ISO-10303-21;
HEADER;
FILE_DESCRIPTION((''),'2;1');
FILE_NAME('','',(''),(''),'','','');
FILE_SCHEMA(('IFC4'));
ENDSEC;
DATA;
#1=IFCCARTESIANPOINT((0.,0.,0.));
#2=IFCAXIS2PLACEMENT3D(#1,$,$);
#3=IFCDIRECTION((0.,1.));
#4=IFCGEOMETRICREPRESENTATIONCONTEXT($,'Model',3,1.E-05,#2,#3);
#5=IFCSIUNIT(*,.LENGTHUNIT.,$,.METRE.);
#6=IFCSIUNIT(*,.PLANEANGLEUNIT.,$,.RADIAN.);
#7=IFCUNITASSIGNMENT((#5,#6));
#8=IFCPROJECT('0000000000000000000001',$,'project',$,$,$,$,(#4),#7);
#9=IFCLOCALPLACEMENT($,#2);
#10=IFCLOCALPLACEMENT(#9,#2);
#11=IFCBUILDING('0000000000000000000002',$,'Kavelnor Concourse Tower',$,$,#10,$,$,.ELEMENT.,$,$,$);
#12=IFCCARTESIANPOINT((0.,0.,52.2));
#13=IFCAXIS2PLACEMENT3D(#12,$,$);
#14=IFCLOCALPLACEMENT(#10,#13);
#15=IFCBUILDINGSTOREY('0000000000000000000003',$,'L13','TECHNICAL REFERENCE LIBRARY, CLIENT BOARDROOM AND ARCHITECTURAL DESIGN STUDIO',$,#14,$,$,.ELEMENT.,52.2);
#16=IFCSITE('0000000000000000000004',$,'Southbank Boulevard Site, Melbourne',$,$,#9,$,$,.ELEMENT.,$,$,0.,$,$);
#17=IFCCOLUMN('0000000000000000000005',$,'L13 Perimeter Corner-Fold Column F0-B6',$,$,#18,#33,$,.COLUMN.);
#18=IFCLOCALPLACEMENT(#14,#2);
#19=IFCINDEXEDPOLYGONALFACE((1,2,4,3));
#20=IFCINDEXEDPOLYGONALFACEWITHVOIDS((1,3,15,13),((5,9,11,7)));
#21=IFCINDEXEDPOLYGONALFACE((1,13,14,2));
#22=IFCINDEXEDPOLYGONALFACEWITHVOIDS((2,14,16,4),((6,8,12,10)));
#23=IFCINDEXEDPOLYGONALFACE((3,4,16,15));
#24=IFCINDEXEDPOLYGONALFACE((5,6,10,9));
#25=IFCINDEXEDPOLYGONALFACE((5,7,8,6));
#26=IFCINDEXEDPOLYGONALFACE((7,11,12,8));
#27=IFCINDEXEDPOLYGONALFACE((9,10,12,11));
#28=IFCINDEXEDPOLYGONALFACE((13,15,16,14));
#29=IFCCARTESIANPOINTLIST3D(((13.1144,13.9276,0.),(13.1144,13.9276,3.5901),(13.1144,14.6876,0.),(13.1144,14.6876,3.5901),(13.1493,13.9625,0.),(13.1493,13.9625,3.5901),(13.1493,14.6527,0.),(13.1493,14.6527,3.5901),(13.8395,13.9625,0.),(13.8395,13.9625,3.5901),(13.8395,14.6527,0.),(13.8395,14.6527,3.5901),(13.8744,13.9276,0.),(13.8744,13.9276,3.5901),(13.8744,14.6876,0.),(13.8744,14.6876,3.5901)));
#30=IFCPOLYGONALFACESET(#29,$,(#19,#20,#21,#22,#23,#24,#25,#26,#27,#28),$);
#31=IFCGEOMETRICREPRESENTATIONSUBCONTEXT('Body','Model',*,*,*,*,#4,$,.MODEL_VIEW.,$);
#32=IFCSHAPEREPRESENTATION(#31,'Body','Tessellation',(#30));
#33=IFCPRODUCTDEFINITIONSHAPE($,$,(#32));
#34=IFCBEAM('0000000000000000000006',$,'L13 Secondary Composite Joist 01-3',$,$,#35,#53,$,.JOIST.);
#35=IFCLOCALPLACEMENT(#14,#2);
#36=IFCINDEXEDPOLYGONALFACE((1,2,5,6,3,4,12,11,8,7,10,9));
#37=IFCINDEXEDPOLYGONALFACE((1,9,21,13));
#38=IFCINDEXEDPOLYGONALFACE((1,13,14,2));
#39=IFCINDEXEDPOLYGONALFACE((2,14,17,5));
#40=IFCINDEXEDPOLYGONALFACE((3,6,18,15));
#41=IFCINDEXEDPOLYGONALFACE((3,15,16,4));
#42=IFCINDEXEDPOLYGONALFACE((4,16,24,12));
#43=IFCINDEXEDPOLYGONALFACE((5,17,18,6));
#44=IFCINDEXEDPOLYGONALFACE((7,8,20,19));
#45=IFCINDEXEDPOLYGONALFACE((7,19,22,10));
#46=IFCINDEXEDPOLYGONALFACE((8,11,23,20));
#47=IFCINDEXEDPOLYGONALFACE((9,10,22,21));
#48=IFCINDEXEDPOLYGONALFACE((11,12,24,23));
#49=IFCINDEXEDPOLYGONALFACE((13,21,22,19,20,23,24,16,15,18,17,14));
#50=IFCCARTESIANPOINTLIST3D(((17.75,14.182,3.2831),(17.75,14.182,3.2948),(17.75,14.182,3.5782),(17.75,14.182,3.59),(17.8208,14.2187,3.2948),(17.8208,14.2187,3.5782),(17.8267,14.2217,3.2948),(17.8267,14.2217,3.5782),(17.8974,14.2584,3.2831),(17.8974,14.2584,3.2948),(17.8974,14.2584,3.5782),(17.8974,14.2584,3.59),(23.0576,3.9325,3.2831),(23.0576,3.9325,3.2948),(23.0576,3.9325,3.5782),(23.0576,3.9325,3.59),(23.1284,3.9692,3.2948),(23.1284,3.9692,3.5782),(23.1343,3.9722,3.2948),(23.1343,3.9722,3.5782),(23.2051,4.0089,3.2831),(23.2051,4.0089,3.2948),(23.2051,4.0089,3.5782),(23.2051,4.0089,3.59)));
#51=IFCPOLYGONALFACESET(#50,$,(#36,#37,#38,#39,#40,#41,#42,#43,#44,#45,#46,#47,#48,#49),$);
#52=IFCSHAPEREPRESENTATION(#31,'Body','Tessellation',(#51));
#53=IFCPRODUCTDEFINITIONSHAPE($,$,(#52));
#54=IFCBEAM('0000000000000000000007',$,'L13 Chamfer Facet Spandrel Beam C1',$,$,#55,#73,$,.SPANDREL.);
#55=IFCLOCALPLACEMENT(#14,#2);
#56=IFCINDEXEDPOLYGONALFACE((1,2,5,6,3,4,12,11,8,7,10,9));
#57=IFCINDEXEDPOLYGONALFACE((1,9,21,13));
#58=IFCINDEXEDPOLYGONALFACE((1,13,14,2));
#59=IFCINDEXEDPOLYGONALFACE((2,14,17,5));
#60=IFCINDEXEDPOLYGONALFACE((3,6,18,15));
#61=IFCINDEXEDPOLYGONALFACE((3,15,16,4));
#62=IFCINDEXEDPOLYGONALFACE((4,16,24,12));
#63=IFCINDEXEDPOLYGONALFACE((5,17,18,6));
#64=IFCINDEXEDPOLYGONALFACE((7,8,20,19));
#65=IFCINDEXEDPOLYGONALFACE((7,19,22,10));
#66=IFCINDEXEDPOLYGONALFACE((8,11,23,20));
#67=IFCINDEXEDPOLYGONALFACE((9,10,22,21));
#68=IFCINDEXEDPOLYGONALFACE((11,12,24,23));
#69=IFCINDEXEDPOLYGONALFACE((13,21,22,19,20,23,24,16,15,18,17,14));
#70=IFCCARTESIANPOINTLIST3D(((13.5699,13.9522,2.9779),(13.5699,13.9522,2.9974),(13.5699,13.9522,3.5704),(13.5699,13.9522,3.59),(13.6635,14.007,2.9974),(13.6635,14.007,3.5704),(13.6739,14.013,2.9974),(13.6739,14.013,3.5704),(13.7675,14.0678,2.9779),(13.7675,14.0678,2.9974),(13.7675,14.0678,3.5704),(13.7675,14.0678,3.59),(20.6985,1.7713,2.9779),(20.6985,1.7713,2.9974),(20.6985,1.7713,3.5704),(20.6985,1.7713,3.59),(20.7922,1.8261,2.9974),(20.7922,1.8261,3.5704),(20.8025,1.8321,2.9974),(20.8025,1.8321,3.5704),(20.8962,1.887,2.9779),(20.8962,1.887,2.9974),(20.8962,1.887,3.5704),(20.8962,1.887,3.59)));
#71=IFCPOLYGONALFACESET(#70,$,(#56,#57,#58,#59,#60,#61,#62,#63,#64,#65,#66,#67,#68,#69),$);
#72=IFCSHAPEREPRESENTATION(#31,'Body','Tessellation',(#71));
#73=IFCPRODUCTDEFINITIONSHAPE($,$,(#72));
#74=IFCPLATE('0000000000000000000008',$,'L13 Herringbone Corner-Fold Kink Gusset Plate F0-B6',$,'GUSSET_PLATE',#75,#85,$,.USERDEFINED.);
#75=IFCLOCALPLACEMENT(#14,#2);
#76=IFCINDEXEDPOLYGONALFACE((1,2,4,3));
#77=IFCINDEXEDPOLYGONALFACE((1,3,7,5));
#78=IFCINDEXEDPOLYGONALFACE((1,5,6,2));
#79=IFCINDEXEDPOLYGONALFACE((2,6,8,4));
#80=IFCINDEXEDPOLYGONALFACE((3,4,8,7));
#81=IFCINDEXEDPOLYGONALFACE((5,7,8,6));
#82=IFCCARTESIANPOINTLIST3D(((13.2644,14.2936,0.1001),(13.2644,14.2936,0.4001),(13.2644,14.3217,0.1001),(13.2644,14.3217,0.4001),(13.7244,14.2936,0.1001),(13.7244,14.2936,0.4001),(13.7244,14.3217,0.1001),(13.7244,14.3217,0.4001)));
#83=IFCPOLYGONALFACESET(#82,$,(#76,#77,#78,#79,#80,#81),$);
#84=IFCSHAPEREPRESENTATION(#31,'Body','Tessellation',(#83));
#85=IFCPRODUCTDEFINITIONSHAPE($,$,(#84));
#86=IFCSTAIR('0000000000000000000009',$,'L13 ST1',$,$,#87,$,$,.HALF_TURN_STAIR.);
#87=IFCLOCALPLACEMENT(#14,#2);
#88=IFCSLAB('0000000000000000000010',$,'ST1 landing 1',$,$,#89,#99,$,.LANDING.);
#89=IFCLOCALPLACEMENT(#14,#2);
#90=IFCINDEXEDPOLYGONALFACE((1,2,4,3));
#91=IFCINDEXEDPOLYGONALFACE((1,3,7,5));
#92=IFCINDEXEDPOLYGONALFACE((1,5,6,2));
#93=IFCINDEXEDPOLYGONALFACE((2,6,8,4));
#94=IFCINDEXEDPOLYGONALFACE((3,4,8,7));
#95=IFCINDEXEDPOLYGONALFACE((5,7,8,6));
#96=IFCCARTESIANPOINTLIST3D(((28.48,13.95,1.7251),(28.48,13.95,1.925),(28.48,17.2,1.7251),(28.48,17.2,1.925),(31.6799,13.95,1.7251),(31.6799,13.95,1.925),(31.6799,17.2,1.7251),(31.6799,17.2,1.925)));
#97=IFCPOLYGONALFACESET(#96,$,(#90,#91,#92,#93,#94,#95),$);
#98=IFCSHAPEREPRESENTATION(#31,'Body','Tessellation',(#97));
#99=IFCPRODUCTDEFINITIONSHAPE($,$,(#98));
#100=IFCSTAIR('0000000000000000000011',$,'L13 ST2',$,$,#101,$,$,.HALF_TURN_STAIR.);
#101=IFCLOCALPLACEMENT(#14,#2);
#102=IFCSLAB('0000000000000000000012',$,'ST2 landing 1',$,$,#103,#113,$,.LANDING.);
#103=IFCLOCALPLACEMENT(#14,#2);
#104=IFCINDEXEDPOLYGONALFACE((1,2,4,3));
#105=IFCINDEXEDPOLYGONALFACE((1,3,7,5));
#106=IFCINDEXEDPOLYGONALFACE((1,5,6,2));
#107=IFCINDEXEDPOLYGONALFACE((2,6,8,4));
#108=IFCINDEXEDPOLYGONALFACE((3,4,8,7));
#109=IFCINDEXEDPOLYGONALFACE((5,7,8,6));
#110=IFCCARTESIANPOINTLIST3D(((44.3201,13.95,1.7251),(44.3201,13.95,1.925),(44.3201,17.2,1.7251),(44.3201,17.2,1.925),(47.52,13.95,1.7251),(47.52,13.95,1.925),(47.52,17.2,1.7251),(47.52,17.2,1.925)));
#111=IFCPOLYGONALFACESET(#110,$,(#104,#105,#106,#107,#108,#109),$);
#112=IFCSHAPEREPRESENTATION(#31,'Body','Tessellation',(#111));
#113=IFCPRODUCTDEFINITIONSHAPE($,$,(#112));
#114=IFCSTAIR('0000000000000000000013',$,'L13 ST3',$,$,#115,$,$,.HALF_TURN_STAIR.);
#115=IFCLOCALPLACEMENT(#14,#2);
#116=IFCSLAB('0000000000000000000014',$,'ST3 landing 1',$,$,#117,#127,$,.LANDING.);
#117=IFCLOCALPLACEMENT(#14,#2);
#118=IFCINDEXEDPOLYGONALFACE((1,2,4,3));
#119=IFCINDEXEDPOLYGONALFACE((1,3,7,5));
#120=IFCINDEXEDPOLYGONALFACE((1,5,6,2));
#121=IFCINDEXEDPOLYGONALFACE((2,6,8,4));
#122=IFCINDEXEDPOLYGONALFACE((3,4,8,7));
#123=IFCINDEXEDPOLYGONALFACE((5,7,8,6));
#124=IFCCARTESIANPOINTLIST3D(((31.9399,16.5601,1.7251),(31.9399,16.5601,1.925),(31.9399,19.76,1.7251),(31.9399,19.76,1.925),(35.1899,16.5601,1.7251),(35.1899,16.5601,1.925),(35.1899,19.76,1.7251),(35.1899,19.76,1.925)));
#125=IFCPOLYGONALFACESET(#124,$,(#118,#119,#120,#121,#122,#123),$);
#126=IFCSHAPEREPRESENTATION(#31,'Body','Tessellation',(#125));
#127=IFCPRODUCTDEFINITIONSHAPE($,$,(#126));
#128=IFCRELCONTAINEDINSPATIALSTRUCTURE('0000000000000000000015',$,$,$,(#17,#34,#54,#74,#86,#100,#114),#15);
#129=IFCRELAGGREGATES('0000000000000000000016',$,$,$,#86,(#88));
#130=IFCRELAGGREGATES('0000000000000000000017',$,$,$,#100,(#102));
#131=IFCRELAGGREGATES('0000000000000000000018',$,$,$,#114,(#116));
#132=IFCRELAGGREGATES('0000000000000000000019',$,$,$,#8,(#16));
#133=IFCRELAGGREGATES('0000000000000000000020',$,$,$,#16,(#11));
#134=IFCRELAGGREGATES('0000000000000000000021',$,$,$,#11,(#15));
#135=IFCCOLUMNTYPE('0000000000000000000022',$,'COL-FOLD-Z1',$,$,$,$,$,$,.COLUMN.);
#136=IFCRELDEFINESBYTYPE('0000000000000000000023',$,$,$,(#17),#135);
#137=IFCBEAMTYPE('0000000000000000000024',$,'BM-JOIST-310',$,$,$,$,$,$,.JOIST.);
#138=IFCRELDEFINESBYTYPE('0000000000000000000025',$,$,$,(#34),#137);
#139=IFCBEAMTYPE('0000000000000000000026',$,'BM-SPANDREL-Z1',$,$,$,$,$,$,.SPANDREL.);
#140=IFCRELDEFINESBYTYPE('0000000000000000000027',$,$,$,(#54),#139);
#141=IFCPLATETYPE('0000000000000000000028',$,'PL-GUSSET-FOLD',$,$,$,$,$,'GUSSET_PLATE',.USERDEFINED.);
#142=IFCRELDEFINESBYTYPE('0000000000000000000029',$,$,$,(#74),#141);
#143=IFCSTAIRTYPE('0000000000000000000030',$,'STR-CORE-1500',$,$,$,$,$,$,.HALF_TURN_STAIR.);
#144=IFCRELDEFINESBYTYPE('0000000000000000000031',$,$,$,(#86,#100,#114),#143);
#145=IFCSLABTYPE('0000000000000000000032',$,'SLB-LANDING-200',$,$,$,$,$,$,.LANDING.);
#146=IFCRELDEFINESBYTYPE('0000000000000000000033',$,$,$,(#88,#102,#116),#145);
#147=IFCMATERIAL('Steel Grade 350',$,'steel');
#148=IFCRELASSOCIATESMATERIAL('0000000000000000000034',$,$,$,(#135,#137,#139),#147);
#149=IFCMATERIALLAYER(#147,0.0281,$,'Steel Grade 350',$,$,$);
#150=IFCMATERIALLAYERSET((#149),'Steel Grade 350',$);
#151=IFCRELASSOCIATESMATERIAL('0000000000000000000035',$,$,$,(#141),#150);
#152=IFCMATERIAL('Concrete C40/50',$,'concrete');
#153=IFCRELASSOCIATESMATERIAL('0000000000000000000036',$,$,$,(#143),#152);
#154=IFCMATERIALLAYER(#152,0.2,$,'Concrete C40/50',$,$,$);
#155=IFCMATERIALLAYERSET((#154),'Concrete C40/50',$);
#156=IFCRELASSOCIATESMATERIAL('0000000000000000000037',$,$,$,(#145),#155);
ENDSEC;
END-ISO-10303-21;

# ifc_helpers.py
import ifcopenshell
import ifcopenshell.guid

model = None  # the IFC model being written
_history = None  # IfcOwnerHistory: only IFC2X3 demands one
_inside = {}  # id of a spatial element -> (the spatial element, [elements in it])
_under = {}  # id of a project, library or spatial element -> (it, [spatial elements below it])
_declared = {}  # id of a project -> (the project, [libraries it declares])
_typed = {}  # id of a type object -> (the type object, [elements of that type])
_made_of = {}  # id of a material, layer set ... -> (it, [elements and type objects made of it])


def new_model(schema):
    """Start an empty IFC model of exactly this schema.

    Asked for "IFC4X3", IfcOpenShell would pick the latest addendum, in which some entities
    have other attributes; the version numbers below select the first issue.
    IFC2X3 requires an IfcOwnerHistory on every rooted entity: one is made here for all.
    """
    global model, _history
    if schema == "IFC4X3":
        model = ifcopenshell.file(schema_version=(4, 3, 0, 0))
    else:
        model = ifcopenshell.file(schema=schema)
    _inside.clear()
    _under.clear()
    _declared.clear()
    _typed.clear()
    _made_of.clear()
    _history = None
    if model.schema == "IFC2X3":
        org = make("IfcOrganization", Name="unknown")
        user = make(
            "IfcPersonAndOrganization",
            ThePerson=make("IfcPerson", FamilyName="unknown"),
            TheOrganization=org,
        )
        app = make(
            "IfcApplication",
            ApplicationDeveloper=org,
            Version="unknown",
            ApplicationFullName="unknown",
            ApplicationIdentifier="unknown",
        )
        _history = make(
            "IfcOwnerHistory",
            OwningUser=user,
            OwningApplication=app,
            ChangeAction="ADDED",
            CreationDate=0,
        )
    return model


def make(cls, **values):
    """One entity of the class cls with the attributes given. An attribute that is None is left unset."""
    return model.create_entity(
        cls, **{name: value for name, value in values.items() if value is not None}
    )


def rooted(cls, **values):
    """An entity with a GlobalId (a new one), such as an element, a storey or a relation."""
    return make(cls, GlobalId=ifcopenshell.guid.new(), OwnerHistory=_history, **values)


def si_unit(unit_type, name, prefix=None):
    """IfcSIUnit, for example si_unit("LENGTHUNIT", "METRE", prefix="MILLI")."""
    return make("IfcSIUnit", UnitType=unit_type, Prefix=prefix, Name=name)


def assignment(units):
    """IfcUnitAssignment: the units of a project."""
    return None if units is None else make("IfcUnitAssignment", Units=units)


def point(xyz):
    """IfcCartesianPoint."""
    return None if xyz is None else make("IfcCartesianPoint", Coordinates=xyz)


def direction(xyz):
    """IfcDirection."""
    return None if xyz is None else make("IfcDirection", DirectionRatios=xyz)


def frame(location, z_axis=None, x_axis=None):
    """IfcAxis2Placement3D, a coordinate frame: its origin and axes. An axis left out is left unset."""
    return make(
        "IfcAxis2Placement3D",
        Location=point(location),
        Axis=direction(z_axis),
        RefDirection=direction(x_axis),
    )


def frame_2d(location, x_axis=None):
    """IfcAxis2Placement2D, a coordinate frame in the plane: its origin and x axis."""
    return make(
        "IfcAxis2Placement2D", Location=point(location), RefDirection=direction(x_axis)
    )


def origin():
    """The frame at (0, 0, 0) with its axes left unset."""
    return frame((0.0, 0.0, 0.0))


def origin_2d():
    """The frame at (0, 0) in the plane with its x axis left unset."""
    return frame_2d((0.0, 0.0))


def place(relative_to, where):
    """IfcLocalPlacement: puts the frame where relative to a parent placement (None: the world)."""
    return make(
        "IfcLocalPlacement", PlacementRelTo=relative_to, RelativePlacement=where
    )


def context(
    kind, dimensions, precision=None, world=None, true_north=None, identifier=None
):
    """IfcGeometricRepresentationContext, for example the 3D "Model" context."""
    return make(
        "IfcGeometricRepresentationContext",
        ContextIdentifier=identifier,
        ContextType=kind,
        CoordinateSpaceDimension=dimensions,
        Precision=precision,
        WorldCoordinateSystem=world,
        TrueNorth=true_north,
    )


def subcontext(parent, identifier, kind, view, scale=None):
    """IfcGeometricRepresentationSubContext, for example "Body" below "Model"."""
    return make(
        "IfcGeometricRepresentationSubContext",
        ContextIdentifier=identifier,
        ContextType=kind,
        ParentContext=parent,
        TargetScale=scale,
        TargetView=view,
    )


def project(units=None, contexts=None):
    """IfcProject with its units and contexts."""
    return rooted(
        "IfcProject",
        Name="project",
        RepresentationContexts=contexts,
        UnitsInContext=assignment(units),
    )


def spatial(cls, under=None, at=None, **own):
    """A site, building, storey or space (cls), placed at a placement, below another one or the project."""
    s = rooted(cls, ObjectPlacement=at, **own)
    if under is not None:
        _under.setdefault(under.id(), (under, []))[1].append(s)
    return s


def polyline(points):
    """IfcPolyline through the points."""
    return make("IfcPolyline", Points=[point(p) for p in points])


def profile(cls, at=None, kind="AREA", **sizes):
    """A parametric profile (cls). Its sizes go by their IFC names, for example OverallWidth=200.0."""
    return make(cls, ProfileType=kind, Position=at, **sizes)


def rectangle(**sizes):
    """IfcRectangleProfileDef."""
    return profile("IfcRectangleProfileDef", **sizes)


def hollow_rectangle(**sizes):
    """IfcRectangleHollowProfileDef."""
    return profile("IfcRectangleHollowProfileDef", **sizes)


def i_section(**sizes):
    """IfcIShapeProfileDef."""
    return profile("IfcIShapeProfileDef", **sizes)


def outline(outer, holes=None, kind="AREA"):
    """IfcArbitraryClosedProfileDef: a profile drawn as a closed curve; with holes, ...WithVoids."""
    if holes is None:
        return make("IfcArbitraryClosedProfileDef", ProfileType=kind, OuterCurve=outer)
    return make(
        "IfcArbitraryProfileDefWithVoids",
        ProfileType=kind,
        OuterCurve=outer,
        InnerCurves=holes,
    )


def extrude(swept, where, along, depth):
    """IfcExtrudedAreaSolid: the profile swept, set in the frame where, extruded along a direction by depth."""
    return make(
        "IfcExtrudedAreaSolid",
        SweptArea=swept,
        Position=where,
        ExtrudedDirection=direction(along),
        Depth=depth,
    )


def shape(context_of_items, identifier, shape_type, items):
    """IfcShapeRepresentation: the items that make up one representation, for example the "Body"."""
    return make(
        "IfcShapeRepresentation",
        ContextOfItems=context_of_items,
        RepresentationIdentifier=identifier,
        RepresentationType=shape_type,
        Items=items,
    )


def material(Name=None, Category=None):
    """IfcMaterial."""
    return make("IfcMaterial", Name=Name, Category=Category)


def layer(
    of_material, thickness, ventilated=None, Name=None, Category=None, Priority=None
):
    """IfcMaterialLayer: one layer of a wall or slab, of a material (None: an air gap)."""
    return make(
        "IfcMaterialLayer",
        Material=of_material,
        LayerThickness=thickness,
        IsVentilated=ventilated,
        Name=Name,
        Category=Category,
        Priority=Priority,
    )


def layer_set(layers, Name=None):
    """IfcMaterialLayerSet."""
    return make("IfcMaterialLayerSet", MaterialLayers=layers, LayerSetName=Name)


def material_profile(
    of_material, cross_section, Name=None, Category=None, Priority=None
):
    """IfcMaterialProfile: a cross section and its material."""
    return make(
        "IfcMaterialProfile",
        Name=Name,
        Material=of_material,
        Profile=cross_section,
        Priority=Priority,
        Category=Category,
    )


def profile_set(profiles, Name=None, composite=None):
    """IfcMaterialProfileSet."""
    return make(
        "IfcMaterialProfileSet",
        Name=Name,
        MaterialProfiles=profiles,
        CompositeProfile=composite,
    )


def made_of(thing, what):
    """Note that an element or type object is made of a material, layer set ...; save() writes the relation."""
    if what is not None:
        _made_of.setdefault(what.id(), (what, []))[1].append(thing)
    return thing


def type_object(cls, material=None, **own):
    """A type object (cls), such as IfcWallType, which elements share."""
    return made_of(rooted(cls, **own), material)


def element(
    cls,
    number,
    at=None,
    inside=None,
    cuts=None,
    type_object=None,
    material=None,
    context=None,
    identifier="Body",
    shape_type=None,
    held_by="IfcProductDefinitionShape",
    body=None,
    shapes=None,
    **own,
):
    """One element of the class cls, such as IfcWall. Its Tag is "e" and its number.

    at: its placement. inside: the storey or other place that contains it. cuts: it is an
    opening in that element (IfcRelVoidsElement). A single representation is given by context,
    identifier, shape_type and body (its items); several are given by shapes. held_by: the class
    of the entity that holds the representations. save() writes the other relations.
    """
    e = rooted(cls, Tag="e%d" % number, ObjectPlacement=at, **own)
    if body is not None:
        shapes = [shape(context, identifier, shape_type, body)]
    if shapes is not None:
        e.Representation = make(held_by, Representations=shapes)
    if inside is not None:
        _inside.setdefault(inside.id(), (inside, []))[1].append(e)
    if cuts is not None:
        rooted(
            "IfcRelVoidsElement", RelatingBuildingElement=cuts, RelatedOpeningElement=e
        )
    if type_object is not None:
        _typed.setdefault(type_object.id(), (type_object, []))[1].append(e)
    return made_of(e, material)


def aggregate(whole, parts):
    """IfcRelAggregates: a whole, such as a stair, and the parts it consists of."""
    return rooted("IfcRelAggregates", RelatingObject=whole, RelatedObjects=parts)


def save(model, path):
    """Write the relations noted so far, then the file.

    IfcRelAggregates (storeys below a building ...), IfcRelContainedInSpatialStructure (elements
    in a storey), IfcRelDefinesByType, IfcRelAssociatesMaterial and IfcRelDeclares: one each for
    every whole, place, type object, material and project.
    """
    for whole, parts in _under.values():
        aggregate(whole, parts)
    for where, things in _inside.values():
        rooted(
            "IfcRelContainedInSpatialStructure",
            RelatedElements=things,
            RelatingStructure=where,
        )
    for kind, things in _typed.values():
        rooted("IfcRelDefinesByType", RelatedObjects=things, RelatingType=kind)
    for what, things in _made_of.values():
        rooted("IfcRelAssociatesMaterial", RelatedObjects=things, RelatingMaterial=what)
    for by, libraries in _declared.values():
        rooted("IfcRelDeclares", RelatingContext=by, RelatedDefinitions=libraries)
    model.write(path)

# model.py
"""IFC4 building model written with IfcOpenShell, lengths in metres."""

from ifc_helpers import new_model, si_unit, direction, frame, origin, origin_2d, place, context, subcontext, project, spatial, polyline, rectangle, hollow_rectangle, i_section, outline, extrude, material, layer, layer_set, material_profile, profile_set, type_object, element, aggregate, save


model = new_model("IFC4")

# Units and contexts
model_context = context("Model", 3, precision=1e-05, world=origin(), true_north=direction((0.0, 1.0)))
body_context = subcontext(model_context, "Body", "Model", "MODEL_VIEW")
ifc_project = project(units=[si_unit("LENGTHUNIT", "METRE"), si_unit("PLANEANGLEUNIT", "RADIAN")], contexts=[model_context])

# Site, building, storey
site_placement = place(None, origin())
site = spatial("IfcSite", under=ifc_project, at=site_placement, Name="Southbank Boulevard Site, Melbourne", CompositionType="ELEMENT", RefElevation=0.0)
building_placement = place(site_placement, origin())
building = spatial("IfcBuilding", under=site, at=building_placement, Name="Kavelnor Concourse Tower", CompositionType="ELEMENT")
storey_placement = place(building_placement, frame((0.0, 0.0, 52.2)))
storey = spatial("IfcBuildingStorey", under=building, at=storey_placement, Name="L13", Description="TECHNICAL REFERENCE LIBRARY, CLIENT BOARDROOM AND ARCHITECTURAL DESIGN STUDIO", CompositionType="ELEMENT", Elevation=52.2)

# Column
ifc_material_1 = material(Name="Steel Grade 350", Category="steel")
ifc_material_profile_1 = material_profile(ifc_material_1, hollow_rectangle(XDim=0.76, YDim=0.76, WallThickness=0.0349, at=origin_2d()), Name="SHS 760x760x35")
ifc_profile_set_1 = profile_set([ifc_material_profile_1], Name="Steel Grade 350")
column_type = type_object("IfcColumnType", Name="COL-FOLD-Z1", PredefinedType="COLUMN", material=ifc_profile_set_1)
column_placement = place(storey_placement, frame((13.4944, 14.3076, 0.0), z_axis=(0.0, 0.0, 1.0), x_axis=(1.0, 0.0, 0.0)))
element("IfcColumn", 1, at=column_placement, inside=storey, type_object=column_type, Name="L13 Perimeter Corner-Fold Column F0-B6", PredefinedType="COLUMN", context=body_context, shape_type="SweptSolid", body=[
    extrude(hollow_rectangle(XDim=0.76, YDim=0.76, WallThickness=0.0349, at=origin_2d()), origin(), (0.0, 0.0, 1.0), 3.5901),
])

# Beams
ifc_material_profile_2 = material_profile(ifc_material_1, i_section(OverallWidth=0.166, OverallDepth=0.3069, WebThickness=0.0066, FlangeThickness=0.0117, at=origin_2d()), Name="310UB46")
ifc_profile_set_2 = profile_set([ifc_material_profile_2], Name="Steel Grade 350")
beam_type_1 = type_object("IfcBeamType", Name="BM-JOIST-310", PredefinedType="JOIST", material=ifc_profile_set_2)
beam_1_placement = place(storey_placement, frame((17.8237, 14.2202, 3.4365), z_axis=(0.459843, -0.888, 0.0), x_axis=(0.888, 0.459843, 0.0)))
element("IfcBeam", 2, at=beam_1_placement, inside=storey, type_object=beam_type_1, Name="L13 Secondary Composite Joist 01-3", PredefinedType="JOIST", context=body_context, shape_type="SweptSolid", body=[
    extrude(i_section(OverallWidth=0.166, OverallDepth=0.3069, WebThickness=0.0066, FlangeThickness=0.0117, at=origin_2d()), origin(), (0.0, 0.0, 1.0), 11.5422),
])
ifc_material_profile_3 = material_profile(ifc_material_1, i_section(OverallWidth=0.229, OverallDepth=0.6121, WebThickness=0.012, FlangeThickness=0.0195, at=origin_2d()), Name="610UB125")
ifc_profile_set_3 = profile_set([ifc_material_profile_3], Name="Steel Grade 350")
beam_type_2 = type_object("IfcBeamType", Name="BM-SPANDREL-Z1", PredefinedType="SPANDREL", material=ifc_profile_set_3)
beam_2_placement = place(storey_placement, frame((13.6687, 14.01, 3.2839), z_axis=(0.505093, -0.863065, 0.0), x_axis=(0.863065, 0.505093, 0.0)))
element("IfcBeam", 3, at=beam_2_placement, inside=storey, type_object=beam_type_2, Name="L13 Chamfer Facet Spandrel Beam C1", PredefinedType="SPANDREL", context=body_context, shape_type="SweptSolid", body=[
    extrude(i_section(OverallWidth=0.229, OverallDepth=0.6121, WebThickness=0.012, FlangeThickness=0.0195, at=origin_2d()), origin(), (0.0, 0.0, 1.0), 14.1135),
])

# Plate
ifc_layer_1 = layer(ifc_material_1, 0.0281, Name="Steel Grade 350")
ifc_layer_set_1 = layer_set([ifc_layer_1], Name="Steel Grade 350")
plate_type = type_object("IfcPlateType", Name="PL-GUSSET-FOLD", ElementType="GUSSET_PLATE", PredefinedType="USERDEFINED", material=ifc_layer_set_1)
plate_placement = place(storey_placement, frame((13.4944, 14.3076, 0.1001), z_axis=(0.0, 0.0, 1.0), x_axis=(1.0, 0.0, 0.0)))
element("IfcPlate", 4, at=plate_placement, inside=storey, type_object=plate_type, Name="L13 Herringbone Corner-Fold Kink Gusset Plate F0-B6", ObjectType="GUSSET_PLATE", PredefinedType="USERDEFINED", context=body_context, shape_type="SweptSolid", body=[
    extrude(rectangle(XDim=0.46, YDim=0.0281, at=origin_2d()), origin(), (0.0, 0.0, 1.0), 0.3),
])

# Stairs, slabs
ifc_material_2 = material(Name="Concrete C40/50", Category="concrete")
stair_type = type_object("IfcStairType", Name="STR-CORE-1500", PredefinedType="HALF_TURN_STAIR", material=ifc_material_2)
stair_1_placement = place(storey_placement, origin())
stair_1 = element("IfcStair", 5, at=stair_1_placement, inside=storey, type_object=stair_type, Name="L13 ST1", PredefinedType="HALF_TURN_STAIR")
ifc_layer_2 = layer(ifc_material_2, 0.2, Name="Concrete C40/50")
ifc_layer_set_2 = layer_set([ifc_layer_2], Name="Concrete C40/50")
slab_type_1 = type_object("IfcSlabType", Name="SLB-LANDING-200", PredefinedType="LANDING", material=ifc_layer_set_2)
slab_1_placement = place(storey_placement, frame((0.0, 0.0, 1.7251)))
slab_1 = element("IfcSlab", 6, at=slab_1_placement, type_object=slab_type_1, Name="ST1 landing 1", PredefinedType="LANDING", context=body_context, shape_type="SweptSolid", body=[
    extrude(outline(polyline([(31.6799, 13.95), (31.6799, 17.2), (28.48, 17.2), (28.48, 13.95), (31.6799, 13.95)])), origin(), (0.0, 0.0, 1.0), 0.2),
])
aggregate(stair_1, [slab_1])
stair_2_placement = place(storey_placement, origin())
stair_2 = element("IfcStair", 7, at=stair_2_placement, inside=storey, type_object=stair_type, Name="L13 ST2", PredefinedType="HALF_TURN_STAIR")
slab_2_placement = place(storey_placement, frame((0.0, 0.0, 1.7251)))
slab_2 = element("IfcSlab", 8, at=slab_2_placement, type_object=slab_type_1, Name="ST2 landing 1", PredefinedType="LANDING", context=body_context, shape_type="SweptSolid", body=[
    extrude(outline(polyline([(47.52, 13.95), (47.52, 17.2), (44.3201, 17.2), (44.3201, 13.95), (47.52, 13.95)])), origin(), (0.0, 0.0, 1.0), 0.2),
])
aggregate(stair_2, [slab_2])
stair_3_placement = place(storey_placement, origin())
stair_3 = element("IfcStair", 9, at=stair_3_placement, inside=storey, type_object=stair_type, Name="L13 ST3", PredefinedType="HALF_TURN_STAIR")
slab_3_placement = place(storey_placement, frame((0.0, 0.0, 1.7251)))
slab_3 = element("IfcSlab", 10, at=slab_3_placement, type_object=slab_type_1, Name="ST3 landing 1", PredefinedType="LANDING", context=body_context, shape_type="SweptSolid", body=[
    extrude(outline(polyline([(35.1899, 19.76), (31.9399, 19.76), (31.9399, 16.5601), (35.1899, 16.5601), (35.1899, 19.76)])), origin(), (0.0, 0.0, 1.0), 0.2),
])
aggregate(stair_3, [slab_3])

save(model, "model.ifc")
